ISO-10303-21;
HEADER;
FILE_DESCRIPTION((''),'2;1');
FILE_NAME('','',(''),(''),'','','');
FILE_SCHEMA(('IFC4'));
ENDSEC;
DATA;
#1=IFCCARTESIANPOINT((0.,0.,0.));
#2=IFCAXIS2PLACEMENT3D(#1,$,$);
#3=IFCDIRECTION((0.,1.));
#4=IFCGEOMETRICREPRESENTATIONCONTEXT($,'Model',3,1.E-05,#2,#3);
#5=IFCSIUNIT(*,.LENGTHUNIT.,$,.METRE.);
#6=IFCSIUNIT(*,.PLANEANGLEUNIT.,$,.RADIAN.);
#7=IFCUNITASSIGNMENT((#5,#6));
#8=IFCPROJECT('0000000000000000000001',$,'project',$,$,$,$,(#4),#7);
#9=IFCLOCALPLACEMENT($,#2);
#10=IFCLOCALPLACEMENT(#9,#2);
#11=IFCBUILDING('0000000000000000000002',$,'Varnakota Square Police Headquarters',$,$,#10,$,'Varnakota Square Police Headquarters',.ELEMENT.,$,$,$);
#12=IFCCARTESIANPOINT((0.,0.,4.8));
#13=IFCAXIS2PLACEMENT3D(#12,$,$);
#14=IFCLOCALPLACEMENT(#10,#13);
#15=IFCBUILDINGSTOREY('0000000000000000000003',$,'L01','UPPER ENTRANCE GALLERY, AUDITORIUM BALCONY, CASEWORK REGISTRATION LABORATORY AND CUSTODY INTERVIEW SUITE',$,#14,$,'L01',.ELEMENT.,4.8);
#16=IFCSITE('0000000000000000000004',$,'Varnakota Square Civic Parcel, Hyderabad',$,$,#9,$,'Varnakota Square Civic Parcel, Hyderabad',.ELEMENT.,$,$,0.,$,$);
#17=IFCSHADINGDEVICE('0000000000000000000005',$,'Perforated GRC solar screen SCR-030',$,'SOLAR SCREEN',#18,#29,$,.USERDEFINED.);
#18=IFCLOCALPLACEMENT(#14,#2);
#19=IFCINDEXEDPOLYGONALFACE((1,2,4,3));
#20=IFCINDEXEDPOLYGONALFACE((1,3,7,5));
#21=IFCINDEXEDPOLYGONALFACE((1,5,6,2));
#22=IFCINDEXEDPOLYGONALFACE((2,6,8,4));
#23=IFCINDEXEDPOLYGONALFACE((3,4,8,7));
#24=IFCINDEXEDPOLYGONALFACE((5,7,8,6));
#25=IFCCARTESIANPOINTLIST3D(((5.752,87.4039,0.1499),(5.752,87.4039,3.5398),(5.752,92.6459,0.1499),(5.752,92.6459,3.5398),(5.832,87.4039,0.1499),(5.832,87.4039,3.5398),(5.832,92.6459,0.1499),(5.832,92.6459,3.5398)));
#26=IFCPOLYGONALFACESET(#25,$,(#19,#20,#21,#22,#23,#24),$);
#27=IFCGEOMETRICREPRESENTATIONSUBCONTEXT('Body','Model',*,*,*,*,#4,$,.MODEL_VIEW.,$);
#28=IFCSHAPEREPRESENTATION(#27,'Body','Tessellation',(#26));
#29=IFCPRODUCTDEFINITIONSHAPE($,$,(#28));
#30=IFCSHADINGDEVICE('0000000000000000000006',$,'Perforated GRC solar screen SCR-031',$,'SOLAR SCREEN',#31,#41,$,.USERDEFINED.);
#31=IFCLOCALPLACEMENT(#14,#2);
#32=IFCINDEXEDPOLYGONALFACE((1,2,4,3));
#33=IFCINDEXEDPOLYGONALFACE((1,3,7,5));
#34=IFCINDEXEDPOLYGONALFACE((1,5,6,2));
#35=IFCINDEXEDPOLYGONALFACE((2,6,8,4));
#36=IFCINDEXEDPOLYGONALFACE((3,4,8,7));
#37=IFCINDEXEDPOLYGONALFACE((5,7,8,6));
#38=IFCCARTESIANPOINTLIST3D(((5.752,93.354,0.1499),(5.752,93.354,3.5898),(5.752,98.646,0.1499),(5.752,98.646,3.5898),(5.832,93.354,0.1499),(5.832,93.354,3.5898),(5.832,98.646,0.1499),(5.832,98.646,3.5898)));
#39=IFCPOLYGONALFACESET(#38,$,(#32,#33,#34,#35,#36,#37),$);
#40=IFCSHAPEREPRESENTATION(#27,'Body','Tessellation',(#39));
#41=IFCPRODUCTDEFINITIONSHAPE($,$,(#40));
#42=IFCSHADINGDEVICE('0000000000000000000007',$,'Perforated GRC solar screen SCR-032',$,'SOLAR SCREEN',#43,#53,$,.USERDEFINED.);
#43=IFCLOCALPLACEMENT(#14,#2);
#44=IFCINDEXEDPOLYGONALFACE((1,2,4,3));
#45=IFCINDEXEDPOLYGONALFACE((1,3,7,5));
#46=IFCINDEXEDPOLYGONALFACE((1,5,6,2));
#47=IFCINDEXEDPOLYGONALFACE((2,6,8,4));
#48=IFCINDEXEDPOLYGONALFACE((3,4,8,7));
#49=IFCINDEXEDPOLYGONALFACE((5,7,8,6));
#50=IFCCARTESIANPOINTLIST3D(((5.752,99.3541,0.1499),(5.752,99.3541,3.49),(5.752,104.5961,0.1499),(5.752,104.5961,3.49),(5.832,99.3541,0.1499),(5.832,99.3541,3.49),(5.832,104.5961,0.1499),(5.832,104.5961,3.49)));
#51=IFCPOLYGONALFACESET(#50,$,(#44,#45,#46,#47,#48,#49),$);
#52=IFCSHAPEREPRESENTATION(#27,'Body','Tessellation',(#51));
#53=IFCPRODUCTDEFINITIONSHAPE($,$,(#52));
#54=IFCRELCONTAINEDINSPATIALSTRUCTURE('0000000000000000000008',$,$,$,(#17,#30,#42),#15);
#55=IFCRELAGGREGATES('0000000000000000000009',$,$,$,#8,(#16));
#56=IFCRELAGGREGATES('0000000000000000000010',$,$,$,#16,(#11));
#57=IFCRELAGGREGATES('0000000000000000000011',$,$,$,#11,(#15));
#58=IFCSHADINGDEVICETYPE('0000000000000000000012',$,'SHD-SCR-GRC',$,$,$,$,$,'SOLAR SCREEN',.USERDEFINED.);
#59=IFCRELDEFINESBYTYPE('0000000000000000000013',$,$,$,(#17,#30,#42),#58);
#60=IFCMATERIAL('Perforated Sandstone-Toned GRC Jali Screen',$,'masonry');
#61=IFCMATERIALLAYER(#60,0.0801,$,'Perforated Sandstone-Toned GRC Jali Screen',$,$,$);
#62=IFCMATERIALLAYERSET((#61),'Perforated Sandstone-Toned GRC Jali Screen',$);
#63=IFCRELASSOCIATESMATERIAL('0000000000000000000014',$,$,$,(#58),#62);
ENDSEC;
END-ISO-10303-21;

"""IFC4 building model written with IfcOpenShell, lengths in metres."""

from ifc_helpers import new_model, si_unit, direction, frame, origin, origin_2d, place, context, subcontext, project, spatial, rectangle, extrude, material, layer, layer_set, type_object, element, save


model = new_model("IFC4")

# Units and contexts
model_context = context("Model", 3, precision=1e-05, world=origin(), true_north=direction((0.0, 1.0)))
body_context = subcontext(model_context, "Body", "Model", "MODEL_VIEW")
ifc_project = project(units=[si_unit("LENGTHUNIT", "METRE"), si_unit("PLANEANGLEUNIT", "RADIAN")], contexts=[model_context])

# Site, building, storey
site_placement = place(None, origin())
site = spatial("IfcSite", under=ifc_project, at=site_placement, Name="Varnakota Square Civic Parcel, Hyderabad", LongName="Varnakota Square Civic Parcel, Hyderabad", CompositionType="ELEMENT", RefElevation=0.0)
building_placement = place(site_placement, origin())
building = spatial("IfcBuilding", under=site, at=building_placement, Name="Varnakota Square Police Headquarters", LongName="Varnakota Square Police Headquarters", CompositionType="ELEMENT")
storey_placement = place(building_placement, frame((0.0, 0.0, 4.8)))
storey = spatial("IfcBuildingStorey", under=building, at=storey_placement, Name="L01", Description="UPPER ENTRANCE GALLERY, AUDITORIUM BALCONY, CASEWORK REGISTRATION LABORATORY AND CUSTODY INTERVIEW SUITE", LongName="L01", CompositionType="ELEMENT", Elevation=4.8)

# Shading devices
ifc_material_1 = material(Name="Perforated Sandstone-Toned GRC Jali Screen", Category="masonry")
ifc_layer_1 = layer(ifc_material_1, 0.0801, Name="Perforated Sandstone-Toned GRC Jali Screen")
ifc_layer_set_1 = layer_set([ifc_layer_1], Name="Perforated Sandstone-Toned GRC Jali Screen")
shading_device_type = type_object("IfcShadingDeviceType", Name="SHD-SCR-GRC", ElementType="SOLAR SCREEN", PredefinedType="USERDEFINED", material=ifc_layer_set_1)
for number, where, z_axis, x_axis, name in (
    (1, (5.792, 90.0249, 0.1499), (0.0, 0.0, 1.0), (0.0, 1.0, 0.0), "Perforated GRC solar screen SCR-030"),
):
    element("IfcShadingDevice", number, at=place(storey_placement, frame(where, z_axis=z_axis, x_axis=x_axis)), inside=storey, type_object=shading_device_type, Name=name, ObjectType="SOLAR SCREEN", PredefinedType="USERDEFINED", context=body_context, shape_type="SweptSolid", body=[
        extrude(rectangle(XDim=5.2419, YDim=0.0801, at=origin_2d()), origin(), (0.0, 0.0, 1.0), 3.3899),
    ])
shading_device_1_placement = place(storey_placement, frame((5.792, 96.0, 0.1499), z_axis=(0.0, 0.0, 1.0), x_axis=(0.0, 1.0, 0.0)))
element("IfcShadingDevice", 2, at=shading_device_1_placement, inside=storey, type_object=shading_device_type, Name="Perforated GRC solar screen SCR-031", ObjectType="SOLAR SCREEN", PredefinedType="USERDEFINED", context=body_context, shape_type="SweptSolid", body=[
    extrude(rectangle(XDim=5.292, YDim=0.0801, at=origin_2d()), origin(), (0.0, 0.0, 1.0), 3.4399),
])
shading_device_2_placement = place(storey_placement, frame((5.792, 101.9751, 0.1499), z_axis=(0.0, 0.0, 1.0), x_axis=(0.0, 1.0, 0.0)))
element("IfcShadingDevice", 3, at=shading_device_2_placement, inside=storey, type_object=shading_device_type, Name="Perforated GRC solar screen SCR-032", ObjectType="SOLAR SCREEN", PredefinedType="USERDEFINED", context=body_context, shape_type="SweptSolid", body=[
    extrude(rectangle(XDim=5.2419, YDim=0.0801, at=origin_2d()), origin(), (0.0, 0.0, 1.0), 3.3401),
])

save(model, "model.ifc")
